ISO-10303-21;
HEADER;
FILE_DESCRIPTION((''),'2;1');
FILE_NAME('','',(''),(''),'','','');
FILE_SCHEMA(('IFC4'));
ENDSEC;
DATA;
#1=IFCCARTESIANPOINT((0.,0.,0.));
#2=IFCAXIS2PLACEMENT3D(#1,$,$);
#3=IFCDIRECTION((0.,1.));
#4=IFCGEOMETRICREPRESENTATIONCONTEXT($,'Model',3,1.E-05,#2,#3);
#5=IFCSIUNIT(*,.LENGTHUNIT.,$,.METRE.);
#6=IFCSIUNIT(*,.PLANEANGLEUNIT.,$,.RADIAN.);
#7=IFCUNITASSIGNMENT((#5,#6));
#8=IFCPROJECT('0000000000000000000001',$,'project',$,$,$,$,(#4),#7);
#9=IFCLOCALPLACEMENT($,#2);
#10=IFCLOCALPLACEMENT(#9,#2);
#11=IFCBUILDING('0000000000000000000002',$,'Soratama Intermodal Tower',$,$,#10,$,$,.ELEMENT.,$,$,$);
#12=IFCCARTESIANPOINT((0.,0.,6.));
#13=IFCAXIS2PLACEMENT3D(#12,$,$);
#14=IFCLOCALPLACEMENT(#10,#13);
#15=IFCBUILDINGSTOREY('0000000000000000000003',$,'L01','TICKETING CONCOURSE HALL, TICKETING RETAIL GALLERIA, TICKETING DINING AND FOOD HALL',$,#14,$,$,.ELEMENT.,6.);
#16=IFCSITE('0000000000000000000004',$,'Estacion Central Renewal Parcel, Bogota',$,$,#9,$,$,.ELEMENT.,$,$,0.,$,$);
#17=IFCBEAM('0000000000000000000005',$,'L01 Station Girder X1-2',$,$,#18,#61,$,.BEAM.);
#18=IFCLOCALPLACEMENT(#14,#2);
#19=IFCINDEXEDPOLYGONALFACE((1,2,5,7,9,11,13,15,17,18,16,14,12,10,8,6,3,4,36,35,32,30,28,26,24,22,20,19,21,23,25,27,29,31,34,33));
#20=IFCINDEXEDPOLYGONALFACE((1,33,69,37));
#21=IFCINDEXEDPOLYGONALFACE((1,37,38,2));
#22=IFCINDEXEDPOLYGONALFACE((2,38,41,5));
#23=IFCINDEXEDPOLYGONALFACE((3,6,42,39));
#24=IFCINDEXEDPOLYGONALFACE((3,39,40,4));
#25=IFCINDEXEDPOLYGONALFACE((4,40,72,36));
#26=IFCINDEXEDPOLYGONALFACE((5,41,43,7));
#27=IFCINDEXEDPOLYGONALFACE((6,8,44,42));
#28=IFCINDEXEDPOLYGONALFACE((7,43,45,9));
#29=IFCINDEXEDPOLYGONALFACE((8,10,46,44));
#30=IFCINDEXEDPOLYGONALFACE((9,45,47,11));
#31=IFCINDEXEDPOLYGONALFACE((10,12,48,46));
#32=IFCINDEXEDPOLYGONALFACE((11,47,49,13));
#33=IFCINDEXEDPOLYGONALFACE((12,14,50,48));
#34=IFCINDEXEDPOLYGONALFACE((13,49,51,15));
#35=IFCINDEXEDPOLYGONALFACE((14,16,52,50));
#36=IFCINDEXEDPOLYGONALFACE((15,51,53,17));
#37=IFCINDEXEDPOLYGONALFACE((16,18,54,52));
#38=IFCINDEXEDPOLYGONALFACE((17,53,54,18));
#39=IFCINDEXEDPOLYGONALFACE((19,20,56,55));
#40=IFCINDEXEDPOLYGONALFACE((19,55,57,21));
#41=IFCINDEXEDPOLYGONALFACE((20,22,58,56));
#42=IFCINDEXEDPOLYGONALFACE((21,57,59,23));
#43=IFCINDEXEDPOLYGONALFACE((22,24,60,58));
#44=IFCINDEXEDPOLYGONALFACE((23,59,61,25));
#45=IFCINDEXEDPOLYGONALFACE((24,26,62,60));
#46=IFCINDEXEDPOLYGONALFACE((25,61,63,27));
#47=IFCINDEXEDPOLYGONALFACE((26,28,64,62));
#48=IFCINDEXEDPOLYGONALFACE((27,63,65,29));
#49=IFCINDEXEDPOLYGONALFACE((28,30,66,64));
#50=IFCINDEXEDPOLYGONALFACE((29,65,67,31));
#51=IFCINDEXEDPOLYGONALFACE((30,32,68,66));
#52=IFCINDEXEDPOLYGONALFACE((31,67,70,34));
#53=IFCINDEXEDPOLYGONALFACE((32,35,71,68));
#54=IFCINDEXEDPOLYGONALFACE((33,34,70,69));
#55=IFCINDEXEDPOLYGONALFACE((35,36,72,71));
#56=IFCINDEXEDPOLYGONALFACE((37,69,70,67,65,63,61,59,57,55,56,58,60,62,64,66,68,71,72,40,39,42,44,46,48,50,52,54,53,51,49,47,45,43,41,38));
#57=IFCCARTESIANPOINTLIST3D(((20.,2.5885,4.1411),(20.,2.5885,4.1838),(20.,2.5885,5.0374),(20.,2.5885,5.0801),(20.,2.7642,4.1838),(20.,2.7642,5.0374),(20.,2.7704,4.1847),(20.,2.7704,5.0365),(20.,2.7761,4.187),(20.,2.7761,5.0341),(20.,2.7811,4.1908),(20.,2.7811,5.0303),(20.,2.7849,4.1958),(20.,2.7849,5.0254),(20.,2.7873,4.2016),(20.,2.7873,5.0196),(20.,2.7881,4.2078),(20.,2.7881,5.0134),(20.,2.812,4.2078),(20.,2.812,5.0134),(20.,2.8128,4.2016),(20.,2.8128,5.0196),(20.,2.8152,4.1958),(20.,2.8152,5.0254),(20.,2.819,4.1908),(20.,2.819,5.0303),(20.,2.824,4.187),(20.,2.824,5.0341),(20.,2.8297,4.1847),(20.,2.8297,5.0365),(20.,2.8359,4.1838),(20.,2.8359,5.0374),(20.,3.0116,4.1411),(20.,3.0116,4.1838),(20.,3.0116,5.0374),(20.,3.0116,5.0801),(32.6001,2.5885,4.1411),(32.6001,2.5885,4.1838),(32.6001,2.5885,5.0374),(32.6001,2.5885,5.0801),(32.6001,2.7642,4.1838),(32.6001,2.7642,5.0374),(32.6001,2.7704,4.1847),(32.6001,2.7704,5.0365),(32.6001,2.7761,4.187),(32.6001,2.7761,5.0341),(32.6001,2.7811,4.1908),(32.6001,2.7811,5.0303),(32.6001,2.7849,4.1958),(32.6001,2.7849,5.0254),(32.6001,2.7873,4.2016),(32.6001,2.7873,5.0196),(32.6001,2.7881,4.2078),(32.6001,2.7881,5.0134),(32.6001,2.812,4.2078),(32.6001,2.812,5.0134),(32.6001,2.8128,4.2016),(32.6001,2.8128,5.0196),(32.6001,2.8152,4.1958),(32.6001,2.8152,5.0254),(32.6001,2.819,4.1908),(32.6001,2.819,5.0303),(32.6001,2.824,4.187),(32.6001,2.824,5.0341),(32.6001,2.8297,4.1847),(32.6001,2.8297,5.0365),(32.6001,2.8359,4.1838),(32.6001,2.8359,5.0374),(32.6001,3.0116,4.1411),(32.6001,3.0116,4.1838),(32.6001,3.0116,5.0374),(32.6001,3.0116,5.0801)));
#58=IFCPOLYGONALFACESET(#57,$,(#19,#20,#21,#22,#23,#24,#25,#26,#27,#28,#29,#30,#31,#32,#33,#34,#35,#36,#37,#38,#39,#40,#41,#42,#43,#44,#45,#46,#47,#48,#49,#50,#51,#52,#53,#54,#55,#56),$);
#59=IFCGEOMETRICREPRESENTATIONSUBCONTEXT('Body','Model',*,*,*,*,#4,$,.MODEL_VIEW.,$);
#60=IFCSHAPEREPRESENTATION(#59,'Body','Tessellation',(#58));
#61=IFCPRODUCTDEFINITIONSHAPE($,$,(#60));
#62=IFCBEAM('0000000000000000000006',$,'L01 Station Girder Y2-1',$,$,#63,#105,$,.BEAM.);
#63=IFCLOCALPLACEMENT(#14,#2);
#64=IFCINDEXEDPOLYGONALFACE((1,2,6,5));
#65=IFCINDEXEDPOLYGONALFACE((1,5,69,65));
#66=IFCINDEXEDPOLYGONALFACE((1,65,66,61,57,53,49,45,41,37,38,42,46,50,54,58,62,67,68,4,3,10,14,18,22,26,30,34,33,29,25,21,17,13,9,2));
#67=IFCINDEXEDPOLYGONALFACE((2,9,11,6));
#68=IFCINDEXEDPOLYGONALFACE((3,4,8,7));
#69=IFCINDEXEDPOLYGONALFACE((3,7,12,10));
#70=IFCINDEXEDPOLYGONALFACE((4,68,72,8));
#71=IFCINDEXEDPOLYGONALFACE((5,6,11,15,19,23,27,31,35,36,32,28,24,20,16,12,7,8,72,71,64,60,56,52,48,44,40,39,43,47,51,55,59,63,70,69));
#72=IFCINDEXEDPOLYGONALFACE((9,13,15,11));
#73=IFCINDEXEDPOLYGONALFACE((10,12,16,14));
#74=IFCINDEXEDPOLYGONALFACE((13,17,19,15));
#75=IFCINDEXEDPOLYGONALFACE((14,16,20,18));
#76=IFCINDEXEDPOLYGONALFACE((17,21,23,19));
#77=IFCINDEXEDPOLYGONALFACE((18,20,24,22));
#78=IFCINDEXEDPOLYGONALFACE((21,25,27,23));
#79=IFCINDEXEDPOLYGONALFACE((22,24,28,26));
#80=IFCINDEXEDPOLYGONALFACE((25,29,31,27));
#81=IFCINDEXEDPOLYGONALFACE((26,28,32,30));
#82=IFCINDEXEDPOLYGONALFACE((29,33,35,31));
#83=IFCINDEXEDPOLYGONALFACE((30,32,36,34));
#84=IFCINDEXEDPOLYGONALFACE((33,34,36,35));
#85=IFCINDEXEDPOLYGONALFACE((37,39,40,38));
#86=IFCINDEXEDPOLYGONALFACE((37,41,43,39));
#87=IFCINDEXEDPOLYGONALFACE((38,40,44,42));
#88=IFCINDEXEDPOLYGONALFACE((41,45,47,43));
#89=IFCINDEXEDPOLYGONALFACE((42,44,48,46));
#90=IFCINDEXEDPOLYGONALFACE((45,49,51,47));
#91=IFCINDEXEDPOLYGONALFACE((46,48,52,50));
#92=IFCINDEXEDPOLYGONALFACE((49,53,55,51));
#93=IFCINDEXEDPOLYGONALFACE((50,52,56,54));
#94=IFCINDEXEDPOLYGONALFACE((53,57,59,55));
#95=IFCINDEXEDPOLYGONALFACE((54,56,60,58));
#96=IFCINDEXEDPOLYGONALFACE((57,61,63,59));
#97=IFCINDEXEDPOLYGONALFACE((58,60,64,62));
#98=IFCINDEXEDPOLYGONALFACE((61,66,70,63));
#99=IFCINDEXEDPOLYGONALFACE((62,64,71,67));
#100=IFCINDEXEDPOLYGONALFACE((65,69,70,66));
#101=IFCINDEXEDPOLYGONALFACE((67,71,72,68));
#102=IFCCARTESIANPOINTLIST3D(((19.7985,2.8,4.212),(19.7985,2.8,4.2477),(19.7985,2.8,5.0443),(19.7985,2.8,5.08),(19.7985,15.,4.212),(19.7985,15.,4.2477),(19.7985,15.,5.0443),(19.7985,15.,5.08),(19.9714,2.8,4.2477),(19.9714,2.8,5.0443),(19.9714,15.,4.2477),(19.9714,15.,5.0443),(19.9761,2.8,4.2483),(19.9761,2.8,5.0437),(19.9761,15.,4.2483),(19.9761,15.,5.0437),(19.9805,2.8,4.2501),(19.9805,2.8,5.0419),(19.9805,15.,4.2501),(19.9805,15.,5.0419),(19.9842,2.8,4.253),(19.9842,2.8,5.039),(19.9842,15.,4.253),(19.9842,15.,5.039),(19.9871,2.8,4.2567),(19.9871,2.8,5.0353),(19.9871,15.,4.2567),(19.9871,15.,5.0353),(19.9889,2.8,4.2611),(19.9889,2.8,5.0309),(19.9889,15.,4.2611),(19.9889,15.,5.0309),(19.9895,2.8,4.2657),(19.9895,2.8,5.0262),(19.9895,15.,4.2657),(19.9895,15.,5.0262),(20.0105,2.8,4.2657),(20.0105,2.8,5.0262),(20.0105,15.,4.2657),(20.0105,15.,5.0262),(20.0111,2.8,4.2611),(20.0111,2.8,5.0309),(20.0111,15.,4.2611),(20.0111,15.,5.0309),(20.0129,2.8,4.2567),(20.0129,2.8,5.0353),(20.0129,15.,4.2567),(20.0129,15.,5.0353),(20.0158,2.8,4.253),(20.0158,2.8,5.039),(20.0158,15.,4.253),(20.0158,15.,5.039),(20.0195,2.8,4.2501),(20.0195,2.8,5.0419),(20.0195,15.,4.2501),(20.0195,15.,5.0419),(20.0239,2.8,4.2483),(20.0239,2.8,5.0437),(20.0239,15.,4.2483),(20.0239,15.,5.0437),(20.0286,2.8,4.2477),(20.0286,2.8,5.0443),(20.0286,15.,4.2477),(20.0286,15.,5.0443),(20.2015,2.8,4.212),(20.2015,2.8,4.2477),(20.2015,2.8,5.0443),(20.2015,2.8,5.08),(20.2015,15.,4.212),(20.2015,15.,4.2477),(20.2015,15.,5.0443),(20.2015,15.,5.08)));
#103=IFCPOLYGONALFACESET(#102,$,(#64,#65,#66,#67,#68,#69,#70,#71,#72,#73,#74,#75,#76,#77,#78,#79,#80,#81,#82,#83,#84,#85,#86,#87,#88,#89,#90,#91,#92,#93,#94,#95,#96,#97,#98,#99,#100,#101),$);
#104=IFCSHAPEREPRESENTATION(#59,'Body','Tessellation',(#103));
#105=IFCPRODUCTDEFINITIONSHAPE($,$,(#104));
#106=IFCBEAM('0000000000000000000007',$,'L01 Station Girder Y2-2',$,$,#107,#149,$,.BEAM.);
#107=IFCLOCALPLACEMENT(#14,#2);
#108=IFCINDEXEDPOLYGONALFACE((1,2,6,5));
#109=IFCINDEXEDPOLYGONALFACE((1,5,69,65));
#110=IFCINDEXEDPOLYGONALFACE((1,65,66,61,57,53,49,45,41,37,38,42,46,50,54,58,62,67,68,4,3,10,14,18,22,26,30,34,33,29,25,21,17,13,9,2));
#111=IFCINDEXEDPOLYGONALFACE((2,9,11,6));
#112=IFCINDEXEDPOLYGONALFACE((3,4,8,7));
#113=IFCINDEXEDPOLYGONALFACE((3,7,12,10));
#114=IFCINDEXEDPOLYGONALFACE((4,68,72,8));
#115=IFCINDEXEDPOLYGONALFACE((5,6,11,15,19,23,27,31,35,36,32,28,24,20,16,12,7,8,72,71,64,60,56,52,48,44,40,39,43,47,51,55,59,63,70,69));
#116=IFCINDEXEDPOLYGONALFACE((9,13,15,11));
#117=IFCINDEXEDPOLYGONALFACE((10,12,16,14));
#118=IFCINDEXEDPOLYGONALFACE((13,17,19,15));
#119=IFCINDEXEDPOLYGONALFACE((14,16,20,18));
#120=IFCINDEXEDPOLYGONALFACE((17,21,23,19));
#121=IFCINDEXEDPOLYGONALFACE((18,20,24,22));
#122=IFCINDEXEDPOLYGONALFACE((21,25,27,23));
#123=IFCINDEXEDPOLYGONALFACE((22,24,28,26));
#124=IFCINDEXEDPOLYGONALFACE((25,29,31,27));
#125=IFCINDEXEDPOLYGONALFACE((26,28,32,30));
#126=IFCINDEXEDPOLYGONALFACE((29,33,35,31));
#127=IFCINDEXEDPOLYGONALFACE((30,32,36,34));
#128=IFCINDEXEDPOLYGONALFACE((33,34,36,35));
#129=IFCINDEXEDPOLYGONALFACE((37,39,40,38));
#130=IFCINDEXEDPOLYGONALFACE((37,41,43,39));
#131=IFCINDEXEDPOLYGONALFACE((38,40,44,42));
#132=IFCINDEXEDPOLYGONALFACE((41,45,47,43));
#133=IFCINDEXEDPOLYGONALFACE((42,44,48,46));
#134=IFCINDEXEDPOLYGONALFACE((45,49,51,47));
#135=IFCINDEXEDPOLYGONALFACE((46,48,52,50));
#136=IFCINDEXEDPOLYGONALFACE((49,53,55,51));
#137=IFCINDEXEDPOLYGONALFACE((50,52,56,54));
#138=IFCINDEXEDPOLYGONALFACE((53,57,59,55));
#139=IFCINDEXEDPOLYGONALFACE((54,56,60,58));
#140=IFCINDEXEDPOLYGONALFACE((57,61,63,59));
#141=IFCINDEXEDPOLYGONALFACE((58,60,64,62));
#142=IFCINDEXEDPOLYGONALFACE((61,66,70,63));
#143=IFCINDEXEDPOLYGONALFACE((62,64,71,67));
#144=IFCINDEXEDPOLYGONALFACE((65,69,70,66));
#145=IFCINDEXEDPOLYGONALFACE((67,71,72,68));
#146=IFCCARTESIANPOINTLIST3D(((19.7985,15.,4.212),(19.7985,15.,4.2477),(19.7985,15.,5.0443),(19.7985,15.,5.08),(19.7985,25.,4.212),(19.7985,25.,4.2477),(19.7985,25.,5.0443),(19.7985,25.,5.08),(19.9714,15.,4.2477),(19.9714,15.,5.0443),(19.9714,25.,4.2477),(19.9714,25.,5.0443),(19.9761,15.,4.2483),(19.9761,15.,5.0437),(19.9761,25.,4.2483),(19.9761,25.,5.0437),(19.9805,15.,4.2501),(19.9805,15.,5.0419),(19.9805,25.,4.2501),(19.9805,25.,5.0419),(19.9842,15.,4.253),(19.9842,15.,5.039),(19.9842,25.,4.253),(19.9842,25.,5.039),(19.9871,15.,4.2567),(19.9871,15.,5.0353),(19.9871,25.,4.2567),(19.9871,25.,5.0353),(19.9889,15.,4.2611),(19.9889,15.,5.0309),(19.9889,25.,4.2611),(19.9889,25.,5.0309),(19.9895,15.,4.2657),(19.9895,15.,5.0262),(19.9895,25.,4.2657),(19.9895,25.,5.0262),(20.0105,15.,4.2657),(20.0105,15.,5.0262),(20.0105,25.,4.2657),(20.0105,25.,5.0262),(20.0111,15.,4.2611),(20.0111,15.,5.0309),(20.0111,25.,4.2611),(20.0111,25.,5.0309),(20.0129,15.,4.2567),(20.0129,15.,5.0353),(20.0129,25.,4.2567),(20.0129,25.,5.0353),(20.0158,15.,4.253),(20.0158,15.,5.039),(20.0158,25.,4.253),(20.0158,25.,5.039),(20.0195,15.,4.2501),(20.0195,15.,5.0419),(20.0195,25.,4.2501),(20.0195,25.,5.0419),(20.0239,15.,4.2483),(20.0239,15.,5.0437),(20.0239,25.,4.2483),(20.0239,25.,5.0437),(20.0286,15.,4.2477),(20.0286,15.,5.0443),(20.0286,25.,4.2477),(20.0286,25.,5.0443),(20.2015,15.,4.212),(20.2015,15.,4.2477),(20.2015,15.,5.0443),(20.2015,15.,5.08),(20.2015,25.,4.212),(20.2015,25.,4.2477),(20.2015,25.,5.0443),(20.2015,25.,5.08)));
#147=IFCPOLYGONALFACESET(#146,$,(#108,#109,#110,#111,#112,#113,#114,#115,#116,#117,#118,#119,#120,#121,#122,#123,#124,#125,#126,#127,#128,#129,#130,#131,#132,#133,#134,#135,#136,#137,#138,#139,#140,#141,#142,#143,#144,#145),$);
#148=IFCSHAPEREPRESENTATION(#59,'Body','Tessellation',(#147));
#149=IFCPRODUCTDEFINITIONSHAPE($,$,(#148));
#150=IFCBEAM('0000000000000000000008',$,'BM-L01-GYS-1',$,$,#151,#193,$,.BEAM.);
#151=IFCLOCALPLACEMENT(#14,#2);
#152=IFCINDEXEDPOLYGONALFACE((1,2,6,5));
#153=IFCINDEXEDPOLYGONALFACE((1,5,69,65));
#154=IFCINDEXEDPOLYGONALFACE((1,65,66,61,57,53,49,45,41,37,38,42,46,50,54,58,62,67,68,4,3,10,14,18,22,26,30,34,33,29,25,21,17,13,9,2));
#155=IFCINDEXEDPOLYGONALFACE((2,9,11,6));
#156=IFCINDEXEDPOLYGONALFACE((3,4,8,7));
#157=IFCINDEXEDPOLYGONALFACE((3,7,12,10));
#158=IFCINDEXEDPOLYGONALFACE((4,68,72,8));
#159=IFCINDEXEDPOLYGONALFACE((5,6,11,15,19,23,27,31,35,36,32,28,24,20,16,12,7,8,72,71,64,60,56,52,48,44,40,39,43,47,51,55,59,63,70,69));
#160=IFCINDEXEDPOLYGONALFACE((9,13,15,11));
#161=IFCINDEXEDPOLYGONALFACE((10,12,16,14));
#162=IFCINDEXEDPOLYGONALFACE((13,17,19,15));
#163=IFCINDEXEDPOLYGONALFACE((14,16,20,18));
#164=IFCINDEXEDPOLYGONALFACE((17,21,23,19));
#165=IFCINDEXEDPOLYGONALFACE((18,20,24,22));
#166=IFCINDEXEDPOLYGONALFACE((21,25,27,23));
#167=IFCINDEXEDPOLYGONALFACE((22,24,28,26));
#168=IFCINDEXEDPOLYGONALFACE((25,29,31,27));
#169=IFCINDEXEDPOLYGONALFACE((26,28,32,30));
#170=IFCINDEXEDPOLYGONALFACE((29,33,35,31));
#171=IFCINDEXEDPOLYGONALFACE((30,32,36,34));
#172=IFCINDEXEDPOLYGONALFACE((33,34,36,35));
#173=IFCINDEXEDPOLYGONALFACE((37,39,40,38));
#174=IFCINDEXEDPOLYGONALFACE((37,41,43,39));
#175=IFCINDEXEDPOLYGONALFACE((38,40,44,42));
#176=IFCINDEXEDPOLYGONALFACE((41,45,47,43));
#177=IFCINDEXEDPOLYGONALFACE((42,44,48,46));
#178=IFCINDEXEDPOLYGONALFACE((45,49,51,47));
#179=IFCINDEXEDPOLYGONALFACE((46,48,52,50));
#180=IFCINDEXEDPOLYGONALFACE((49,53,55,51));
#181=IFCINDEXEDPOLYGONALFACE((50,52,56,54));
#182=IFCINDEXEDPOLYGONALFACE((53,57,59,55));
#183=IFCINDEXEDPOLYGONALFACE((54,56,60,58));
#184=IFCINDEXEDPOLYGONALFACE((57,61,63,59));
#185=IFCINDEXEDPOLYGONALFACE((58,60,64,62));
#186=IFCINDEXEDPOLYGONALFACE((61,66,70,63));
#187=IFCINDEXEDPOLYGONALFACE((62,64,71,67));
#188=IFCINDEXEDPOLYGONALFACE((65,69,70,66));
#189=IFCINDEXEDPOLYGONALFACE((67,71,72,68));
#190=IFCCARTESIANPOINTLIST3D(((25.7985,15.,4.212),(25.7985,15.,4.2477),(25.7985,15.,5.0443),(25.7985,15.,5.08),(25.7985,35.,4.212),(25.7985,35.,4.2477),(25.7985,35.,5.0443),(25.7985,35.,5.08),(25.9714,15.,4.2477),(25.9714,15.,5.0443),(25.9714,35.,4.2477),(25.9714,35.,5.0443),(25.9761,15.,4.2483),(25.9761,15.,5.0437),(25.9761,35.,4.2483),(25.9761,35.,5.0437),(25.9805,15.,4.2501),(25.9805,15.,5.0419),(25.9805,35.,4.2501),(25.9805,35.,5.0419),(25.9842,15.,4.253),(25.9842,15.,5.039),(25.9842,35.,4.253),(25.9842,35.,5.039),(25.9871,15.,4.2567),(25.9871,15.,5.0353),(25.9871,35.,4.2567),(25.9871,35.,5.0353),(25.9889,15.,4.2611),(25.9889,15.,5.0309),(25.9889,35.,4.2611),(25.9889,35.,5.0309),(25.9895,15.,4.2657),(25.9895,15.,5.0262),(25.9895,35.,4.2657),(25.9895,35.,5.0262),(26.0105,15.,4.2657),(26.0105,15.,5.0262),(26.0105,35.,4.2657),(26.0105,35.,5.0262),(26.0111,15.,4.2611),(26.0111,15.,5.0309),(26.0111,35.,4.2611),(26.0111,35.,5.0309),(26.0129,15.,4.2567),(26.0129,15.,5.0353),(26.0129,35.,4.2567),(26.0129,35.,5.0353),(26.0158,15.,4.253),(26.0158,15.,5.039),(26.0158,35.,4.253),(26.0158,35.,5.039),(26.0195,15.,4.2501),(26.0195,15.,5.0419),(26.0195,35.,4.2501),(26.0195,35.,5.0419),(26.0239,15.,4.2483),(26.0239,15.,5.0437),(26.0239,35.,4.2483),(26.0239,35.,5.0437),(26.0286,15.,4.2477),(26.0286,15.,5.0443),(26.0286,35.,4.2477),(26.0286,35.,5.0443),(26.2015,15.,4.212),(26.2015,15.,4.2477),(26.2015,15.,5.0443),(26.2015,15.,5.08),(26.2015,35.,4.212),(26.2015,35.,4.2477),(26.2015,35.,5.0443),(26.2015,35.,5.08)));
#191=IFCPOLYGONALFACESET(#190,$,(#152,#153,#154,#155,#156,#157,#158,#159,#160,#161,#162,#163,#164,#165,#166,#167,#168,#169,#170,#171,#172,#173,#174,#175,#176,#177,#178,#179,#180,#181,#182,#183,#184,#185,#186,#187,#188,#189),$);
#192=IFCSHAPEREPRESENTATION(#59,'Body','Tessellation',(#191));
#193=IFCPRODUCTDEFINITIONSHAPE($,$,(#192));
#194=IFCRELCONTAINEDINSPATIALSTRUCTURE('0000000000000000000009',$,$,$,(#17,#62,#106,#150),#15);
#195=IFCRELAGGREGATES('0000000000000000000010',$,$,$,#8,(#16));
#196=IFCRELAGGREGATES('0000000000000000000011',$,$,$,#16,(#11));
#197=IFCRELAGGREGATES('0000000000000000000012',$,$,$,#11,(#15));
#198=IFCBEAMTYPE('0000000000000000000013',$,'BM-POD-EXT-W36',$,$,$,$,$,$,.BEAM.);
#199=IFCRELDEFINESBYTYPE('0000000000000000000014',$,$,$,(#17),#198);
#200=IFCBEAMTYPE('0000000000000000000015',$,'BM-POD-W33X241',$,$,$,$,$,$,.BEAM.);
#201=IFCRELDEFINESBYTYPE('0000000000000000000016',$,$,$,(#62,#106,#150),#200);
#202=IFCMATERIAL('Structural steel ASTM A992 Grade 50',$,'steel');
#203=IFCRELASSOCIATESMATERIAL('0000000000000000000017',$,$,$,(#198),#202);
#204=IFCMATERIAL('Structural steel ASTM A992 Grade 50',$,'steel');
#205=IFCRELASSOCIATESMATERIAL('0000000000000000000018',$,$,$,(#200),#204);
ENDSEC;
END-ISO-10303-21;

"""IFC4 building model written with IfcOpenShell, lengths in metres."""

from ifc_helpers import new_model, si_unit, direction, frame, origin, origin_2d, place, context, subcontext, project, spatial, i_section, extrude, material, material_profile, profile_set, type_object, element, save


model = new_model("IFC4")

# Units and contexts
model_context = context("Model", 3, precision=1e-05, world=origin(), true_north=direction((0.0, 1.0)))
body_context = subcontext(model_context, "Body", "Model", "MODEL_VIEW")
ifc_project = project(units=[si_unit("LENGTHUNIT", "METRE"), si_unit("PLANEANGLEUNIT", "RADIAN")], contexts=[model_context])

# Site, building, storey
site_placement = place(None, origin())
site = spatial("IfcSite", under=ifc_project, at=site_placement, Name="Estacion Central Renewal Parcel, Bogota", CompositionType="ELEMENT", RefElevation=0.0)
building_placement = place(site_placement, origin())
building = spatial("IfcBuilding", under=site, at=building_placement, Name="Soratama Intermodal Tower", CompositionType="ELEMENT")
storey_placement = place(building_placement, frame((0.0, 0.0, 6.0)))
storey = spatial("IfcBuildingStorey", under=building, at=storey_placement, Name="L01", Description="TICKETING CONCOURSE HALL, TICKETING RETAIL GALLERIA, TICKETING DINING AND FOOD HALL", CompositionType="ELEMENT", Elevation=6.0)

# Beams
ifc_material_1 = material(Name="Structural steel ASTM A992 Grade 50", Category="steel")
ifc_material_profile_1 = material_profile(ifc_material_1, i_section(OverallWidth=0.4231, OverallDepth=0.939, WebThickness=0.0239, FlangeThickness=0.0427, FilletRadius=0.0239, at=origin_2d()), Name="W36X302")
ifc_profile_set_1 = profile_set([ifc_material_profile_1], Name="Structural steel ASTM A992 Grade 50")
beam_type_1 = type_object("IfcBeamType", Name="BM-POD-EXT-W36", PredefinedType="BEAM", material=ifc_profile_set_1)
beam_1_placement = place(storey_placement, frame((20.0, 2.8, 4.6106), z_axis=(1.0, 0.0, 0.0), x_axis=(0.0, 1.0, 0.0)))
element("IfcBeam", 1, at=beam_1_placement, inside=storey, type_object=beam_type_1, Name="L01 Station Girder X1-2", PredefinedType="BEAM", context=body_context, shape_type="SweptSolid", body=[
    extrude(i_section(OverallWidth=0.4231, OverallDepth=0.939, WebThickness=0.0239, FlangeThickness=0.0427, FilletRadius=0.0239, at=origin_2d()), origin(), (0.0, 0.0, 1.0), 12.6001),
])
ifc_material_2 = material(Name="Structural steel ASTM A992 Grade 50", Category="steel")
ifc_material_profile_2 = material_profile(ifc_material_2, i_section(OverallWidth=0.4031, OverallDepth=0.8679, WebThickness=0.021, FlangeThickness=0.0356, FilletRadius=0.0181, at=origin_2d()), Name="W33X241")
ifc_profile_set_2 = profile_set([ifc_material_profile_2], Name="Structural steel ASTM A992 Grade 50")
beam_type_2 = type_object("IfcBeamType", Name="BM-POD-W33X241", PredefinedType="BEAM", material=ifc_profile_set_2)
beam_2_placement = place(storey_placement, frame((20.0, 2.8, 4.646), z_axis=(0.0, 1.0, 0.0), x_axis=(-1.0, 0.0, 0.0)))
element("IfcBeam", 2, at=beam_2_placement, inside=storey, type_object=beam_type_2, Name="L01 Station Girder Y2-1", PredefinedType="BEAM", context=body_context, shape_type="SweptSolid", body=[
    extrude(i_section(OverallWidth=0.4031, OverallDepth=0.8679, WebThickness=0.021, FlangeThickness=0.0356, FilletRadius=0.0181, at=origin_2d()), origin(), (0.0, 0.0, 1.0), 12.2),
])
beam_3_placement = place(storey_placement, frame((20.0, 15.0, 4.646), z_axis=(0.0, 1.0, 0.0), x_axis=(-1.0, 0.0, 0.0)))
element("IfcBeam", 3, at=beam_3_placement, inside=storey, type_object=beam_type_2, Name="L01 Station Girder Y2-2", PredefinedType="BEAM", context=body_context, shape_type="SweptSolid", body=[
    extrude(i_section(OverallWidth=0.4031, OverallDepth=0.8679, WebThickness=0.021, FlangeThickness=0.0356, FilletRadius=0.0181, at=origin_2d()), origin(), (0.0, 0.0, 1.0), 10.0),
])
beam_4_placement = place(storey_placement, frame((26.0, 15.0, 4.646), z_axis=(0.0, 1.0, 0.0), x_axis=(-1.0, 0.0, 0.0)))
element("IfcBeam", 4, at=beam_4_placement, inside=storey, type_object=beam_type_2, Name="BM-L01-GYS-1", PredefinedType="BEAM", context=body_context, shape_type="SweptSolid", body=[
    extrude(i_section(OverallWidth=0.4031, OverallDepth=0.8679, WebThickness=0.021, FlangeThickness=0.0356, FilletRadius=0.0181, at=origin_2d()), origin(), (0.0, 0.0, 1.0), 20.0),
])

save(model, "model.ifc")
